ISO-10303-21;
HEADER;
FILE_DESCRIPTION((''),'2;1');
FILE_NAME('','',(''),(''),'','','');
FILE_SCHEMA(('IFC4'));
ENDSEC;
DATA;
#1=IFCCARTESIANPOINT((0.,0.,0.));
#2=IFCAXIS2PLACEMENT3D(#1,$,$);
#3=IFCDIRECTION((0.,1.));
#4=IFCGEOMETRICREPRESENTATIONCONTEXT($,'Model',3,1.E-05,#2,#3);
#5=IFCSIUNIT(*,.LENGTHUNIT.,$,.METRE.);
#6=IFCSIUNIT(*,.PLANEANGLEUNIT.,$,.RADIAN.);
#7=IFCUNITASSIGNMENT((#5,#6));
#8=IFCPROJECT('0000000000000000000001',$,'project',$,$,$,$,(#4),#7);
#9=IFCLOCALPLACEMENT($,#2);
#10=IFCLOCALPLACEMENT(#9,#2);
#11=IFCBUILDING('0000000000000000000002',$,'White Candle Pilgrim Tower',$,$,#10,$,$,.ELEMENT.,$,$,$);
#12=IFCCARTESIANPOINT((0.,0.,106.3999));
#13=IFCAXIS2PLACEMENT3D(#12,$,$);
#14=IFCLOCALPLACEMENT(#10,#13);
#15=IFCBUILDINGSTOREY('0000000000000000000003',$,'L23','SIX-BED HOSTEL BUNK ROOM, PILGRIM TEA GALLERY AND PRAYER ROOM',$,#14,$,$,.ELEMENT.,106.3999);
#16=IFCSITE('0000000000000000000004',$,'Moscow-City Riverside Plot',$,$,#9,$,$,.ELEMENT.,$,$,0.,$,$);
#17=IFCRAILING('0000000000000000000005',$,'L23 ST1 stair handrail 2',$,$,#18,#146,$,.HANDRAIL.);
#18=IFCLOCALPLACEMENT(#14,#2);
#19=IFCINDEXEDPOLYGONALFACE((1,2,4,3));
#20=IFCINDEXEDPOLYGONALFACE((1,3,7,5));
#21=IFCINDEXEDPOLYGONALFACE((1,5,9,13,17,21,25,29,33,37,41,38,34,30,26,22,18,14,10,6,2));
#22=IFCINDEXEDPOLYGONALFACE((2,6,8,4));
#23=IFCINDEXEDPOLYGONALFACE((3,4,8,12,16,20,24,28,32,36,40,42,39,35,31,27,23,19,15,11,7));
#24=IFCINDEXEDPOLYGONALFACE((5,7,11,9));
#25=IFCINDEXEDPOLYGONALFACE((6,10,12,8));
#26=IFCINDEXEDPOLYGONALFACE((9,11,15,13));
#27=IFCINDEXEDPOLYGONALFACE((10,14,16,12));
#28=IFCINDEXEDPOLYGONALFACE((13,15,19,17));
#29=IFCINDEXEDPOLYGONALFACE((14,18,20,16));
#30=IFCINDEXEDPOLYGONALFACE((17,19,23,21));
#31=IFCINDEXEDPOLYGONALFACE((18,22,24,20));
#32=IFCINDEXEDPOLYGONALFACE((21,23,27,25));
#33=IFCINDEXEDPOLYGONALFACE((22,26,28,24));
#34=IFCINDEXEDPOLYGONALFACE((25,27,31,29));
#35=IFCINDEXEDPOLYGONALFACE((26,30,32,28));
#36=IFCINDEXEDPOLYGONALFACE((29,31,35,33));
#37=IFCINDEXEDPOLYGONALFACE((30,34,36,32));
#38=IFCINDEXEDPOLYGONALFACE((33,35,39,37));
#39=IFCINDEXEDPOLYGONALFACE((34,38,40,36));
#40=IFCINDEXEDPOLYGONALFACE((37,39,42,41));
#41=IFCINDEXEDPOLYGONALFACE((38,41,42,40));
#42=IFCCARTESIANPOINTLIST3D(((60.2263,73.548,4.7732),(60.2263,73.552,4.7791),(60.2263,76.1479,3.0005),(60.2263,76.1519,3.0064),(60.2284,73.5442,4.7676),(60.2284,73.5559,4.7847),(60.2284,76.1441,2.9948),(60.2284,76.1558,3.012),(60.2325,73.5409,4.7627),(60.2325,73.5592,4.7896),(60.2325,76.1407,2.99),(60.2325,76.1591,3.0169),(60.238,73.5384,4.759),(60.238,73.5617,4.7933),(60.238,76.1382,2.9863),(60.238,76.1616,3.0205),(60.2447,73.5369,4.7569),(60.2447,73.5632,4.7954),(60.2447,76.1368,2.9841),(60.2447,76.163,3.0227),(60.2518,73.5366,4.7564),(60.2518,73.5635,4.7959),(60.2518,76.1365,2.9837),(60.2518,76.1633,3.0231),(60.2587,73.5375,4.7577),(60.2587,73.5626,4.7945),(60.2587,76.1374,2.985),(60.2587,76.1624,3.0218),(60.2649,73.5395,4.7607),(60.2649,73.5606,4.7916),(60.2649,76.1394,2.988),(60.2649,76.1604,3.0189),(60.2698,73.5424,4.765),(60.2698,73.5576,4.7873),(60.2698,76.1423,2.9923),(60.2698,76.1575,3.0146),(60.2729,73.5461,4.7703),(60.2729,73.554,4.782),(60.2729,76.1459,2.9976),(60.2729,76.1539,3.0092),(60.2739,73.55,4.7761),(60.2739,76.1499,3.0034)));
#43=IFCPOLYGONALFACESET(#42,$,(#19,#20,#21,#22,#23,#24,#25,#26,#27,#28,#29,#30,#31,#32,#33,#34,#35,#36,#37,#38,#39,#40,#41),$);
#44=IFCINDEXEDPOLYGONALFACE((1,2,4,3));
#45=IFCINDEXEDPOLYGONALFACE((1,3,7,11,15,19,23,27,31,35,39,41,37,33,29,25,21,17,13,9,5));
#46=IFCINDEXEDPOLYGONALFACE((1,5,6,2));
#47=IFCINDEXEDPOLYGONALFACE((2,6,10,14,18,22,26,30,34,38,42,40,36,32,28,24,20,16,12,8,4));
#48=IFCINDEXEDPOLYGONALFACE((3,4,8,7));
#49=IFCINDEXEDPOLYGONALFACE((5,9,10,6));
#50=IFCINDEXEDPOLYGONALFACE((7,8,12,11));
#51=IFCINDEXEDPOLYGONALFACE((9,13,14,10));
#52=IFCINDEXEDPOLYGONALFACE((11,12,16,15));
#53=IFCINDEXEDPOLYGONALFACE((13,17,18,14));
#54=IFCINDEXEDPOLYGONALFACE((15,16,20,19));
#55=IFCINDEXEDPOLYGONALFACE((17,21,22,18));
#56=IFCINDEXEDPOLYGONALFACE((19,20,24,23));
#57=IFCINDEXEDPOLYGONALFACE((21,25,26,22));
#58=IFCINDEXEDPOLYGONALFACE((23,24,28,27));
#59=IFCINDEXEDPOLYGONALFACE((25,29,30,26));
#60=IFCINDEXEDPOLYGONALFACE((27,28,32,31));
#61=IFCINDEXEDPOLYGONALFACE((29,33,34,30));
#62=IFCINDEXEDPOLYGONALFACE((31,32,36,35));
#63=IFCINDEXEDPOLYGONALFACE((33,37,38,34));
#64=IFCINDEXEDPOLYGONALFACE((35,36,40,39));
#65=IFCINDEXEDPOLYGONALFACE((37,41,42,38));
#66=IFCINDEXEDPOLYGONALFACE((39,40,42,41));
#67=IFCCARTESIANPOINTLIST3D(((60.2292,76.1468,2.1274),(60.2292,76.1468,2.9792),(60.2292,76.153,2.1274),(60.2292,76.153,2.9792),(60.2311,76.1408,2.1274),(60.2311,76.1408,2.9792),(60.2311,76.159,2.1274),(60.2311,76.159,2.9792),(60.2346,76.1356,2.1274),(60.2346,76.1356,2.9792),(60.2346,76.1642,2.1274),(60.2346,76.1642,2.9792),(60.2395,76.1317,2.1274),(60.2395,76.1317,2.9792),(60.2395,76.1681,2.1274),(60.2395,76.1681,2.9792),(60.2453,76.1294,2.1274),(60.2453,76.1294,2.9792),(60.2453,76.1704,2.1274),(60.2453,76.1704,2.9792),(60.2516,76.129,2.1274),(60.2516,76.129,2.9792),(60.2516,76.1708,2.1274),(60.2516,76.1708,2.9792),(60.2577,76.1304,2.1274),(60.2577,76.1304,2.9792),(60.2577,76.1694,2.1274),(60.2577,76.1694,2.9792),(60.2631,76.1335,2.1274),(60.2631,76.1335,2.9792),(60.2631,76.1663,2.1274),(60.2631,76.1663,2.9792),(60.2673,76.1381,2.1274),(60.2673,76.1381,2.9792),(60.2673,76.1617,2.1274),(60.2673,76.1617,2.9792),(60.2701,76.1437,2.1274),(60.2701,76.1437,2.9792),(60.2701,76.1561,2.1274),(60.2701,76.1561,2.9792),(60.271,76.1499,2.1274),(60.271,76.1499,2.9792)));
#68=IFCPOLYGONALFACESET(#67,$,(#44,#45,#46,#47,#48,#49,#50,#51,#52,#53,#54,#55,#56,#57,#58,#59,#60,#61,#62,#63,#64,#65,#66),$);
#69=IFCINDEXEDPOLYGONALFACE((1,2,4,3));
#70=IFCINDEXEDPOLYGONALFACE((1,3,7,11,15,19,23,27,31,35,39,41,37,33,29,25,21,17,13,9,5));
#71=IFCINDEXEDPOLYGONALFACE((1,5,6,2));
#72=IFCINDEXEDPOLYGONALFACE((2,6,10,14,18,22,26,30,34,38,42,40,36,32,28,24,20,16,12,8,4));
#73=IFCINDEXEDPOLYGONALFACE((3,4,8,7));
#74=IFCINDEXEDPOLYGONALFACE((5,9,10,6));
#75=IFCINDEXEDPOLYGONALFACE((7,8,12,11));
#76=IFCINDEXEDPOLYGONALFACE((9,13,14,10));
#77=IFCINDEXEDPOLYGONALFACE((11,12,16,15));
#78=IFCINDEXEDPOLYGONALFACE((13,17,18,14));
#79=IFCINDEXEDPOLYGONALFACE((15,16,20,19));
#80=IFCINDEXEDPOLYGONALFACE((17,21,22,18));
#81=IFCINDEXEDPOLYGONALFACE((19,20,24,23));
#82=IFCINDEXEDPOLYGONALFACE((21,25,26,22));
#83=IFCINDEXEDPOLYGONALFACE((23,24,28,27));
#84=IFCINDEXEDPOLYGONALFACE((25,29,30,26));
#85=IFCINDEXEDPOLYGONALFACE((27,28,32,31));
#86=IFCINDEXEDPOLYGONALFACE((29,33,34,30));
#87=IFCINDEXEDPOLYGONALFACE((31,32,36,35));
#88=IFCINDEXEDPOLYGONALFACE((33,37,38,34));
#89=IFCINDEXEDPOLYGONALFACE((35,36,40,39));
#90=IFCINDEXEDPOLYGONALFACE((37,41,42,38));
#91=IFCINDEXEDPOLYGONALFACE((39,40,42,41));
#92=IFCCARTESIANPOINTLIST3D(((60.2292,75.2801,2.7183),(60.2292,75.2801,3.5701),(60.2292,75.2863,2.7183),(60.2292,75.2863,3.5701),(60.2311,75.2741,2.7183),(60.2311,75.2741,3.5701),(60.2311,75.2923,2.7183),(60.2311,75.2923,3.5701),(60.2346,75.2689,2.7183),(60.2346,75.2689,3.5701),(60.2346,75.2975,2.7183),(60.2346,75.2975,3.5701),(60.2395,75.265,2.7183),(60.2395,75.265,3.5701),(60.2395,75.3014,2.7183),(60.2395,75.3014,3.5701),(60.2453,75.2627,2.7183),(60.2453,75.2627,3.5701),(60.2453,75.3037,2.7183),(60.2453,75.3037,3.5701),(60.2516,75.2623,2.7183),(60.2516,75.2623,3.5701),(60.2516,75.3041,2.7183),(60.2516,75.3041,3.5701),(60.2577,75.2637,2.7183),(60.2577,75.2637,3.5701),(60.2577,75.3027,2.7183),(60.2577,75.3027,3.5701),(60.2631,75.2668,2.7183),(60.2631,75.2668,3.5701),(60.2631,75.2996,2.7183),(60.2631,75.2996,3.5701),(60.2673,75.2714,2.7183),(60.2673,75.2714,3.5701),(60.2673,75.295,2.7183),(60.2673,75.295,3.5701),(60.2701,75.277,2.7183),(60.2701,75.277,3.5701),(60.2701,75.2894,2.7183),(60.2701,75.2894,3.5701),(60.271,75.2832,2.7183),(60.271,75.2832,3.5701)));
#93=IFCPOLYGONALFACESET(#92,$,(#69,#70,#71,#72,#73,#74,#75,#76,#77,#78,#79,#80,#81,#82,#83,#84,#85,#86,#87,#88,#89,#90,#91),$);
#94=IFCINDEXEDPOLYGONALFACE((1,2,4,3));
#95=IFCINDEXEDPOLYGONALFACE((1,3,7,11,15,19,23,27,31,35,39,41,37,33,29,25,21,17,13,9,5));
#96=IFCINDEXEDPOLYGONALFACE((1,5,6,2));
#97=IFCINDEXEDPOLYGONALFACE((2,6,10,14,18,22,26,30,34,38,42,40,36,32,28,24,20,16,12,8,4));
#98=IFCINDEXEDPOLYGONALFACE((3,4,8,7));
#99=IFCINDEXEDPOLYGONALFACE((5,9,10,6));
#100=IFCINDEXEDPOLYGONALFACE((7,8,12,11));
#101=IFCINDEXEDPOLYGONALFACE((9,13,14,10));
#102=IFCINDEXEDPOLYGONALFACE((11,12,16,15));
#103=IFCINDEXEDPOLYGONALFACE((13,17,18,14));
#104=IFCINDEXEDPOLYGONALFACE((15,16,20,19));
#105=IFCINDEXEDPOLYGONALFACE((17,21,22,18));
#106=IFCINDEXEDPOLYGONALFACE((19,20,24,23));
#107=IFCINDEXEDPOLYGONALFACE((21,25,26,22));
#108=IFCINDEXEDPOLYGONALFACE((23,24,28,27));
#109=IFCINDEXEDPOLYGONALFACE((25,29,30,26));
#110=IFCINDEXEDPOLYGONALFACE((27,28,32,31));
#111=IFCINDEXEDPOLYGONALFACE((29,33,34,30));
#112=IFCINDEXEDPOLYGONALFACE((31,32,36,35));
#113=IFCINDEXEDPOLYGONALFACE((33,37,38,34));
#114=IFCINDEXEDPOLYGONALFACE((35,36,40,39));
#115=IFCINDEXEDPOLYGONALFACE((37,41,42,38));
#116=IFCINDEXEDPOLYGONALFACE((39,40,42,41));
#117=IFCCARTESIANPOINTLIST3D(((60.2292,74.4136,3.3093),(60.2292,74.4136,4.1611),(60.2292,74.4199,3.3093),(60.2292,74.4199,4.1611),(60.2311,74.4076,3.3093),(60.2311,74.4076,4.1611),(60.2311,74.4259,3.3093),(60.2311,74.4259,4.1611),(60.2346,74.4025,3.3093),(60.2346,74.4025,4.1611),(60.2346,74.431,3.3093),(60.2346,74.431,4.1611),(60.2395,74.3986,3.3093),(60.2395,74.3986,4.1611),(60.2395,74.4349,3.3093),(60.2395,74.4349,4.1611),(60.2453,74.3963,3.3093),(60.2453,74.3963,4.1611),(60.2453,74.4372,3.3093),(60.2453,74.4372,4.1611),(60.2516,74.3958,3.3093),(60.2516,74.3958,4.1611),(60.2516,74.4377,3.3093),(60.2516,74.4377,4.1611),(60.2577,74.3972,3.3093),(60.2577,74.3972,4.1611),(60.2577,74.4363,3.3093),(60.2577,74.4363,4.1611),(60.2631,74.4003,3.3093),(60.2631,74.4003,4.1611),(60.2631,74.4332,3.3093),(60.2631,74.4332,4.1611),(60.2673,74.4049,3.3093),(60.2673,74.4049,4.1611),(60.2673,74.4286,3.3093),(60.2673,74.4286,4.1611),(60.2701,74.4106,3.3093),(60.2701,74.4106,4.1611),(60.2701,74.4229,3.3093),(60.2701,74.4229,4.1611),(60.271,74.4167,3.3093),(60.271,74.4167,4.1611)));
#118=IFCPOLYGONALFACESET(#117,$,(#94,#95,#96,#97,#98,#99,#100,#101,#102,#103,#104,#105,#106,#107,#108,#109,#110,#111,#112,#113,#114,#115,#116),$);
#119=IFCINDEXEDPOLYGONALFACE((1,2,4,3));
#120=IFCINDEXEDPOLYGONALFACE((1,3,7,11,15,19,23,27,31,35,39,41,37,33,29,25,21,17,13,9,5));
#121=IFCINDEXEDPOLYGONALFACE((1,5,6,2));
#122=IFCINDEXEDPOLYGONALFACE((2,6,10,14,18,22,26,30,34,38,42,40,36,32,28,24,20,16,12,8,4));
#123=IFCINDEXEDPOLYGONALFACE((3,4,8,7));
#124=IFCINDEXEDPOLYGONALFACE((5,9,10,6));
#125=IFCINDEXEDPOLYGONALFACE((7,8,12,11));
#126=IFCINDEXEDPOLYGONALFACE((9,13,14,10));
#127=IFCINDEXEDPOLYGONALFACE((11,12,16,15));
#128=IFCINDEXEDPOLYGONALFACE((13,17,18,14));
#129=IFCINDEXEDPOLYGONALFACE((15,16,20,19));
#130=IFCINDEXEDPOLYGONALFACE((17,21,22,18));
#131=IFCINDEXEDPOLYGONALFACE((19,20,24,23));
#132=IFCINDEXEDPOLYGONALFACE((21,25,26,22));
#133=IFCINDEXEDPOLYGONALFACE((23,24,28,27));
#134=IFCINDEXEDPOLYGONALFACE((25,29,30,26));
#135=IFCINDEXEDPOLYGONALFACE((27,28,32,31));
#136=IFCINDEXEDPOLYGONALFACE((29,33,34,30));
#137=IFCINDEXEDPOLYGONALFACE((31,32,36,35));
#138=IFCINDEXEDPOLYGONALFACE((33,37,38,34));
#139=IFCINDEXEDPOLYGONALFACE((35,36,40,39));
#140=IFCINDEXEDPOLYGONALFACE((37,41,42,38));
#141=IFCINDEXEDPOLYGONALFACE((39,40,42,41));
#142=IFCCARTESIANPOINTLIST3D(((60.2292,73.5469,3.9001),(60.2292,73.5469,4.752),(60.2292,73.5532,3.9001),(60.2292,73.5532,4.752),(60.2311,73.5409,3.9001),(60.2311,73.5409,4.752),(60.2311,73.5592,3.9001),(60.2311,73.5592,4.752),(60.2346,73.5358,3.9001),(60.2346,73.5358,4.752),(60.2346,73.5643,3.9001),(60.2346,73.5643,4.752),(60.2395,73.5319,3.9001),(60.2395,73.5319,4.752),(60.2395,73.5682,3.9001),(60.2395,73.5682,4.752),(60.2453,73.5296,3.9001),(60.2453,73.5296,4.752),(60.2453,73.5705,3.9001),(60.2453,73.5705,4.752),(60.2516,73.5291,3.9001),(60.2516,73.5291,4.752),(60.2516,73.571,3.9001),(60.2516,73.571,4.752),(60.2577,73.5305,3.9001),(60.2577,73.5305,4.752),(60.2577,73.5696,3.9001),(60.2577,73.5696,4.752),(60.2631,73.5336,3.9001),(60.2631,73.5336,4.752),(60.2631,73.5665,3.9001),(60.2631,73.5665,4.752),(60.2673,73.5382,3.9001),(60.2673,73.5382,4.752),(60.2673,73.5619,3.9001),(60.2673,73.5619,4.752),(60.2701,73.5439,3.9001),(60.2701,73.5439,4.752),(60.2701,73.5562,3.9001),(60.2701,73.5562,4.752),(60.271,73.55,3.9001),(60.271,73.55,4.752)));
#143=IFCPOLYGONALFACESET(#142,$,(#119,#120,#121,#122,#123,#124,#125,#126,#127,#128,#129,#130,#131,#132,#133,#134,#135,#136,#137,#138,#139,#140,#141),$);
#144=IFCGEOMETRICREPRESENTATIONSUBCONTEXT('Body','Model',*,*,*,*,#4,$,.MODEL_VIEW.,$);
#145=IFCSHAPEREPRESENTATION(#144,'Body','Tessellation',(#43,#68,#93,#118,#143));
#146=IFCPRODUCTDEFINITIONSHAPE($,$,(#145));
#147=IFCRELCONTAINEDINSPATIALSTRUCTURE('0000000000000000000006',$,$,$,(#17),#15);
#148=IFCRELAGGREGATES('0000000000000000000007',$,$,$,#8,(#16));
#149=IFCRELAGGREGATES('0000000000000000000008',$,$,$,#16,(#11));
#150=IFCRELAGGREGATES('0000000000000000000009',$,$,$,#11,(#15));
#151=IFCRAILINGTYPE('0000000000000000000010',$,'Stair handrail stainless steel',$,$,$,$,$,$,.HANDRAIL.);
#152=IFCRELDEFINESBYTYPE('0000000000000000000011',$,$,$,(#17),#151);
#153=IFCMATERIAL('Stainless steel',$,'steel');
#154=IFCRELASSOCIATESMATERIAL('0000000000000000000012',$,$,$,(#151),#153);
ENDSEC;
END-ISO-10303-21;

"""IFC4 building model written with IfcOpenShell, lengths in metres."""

from ifc_helpers import new_model, si_unit, direction, frame, origin, origin_2d, place, context, subcontext, project, spatial, circle, extrude, material, type_object, element, save


model = new_model("IFC4")

# Units and contexts
model_context = context("Model", 3, precision=1e-05, world=origin(), true_north=direction((0.0, 1.0)))
body_context = subcontext(model_context, "Body", "Model", "MODEL_VIEW")
ifc_project = project(units=[si_unit("LENGTHUNIT", "METRE"), si_unit("PLANEANGLEUNIT", "RADIAN")], contexts=[model_context])

# Site, building, storey
site_placement = place(None, origin())
site = spatial("IfcSite", under=ifc_project, at=site_placement, Name="Moscow-City Riverside Plot", CompositionType="ELEMENT", RefElevation=0.0)
building_placement = place(site_placement, origin())
building = spatial("IfcBuilding", under=site, at=building_placement, Name="White Candle Pilgrim Tower", CompositionType="ELEMENT")
storey_placement = place(building_placement, frame((0.0, 0.0, 106.3999)))
storey = spatial("IfcBuildingStorey", under=building, at=storey_placement, Name="L23", Description="SIX-BED HOSTEL BUNK ROOM, PILGRIM TEA GALLERY AND PRAYER ROOM", CompositionType="ELEMENT", Elevation=106.3999)

# Railing
ifc_material_1 = material(Name="Stainless steel", Category="steel")
railing_type_1 = type_object("IfcRailingType", Name="Stair handrail stainless steel", PredefinedType="HANDRAIL", material=ifc_material_1)
railing_1_placement = place(storey_placement, frame((60.25, 76.1499, 2.1274)))
element("IfcRailing", 1, at=railing_1_placement, inside=storey, type_object=railing_type_1, Name="L23 ST1 stair handrail 2", PredefinedType="HANDRAIL", context=body_context, shape_type="SweptSolid", body=[
    extrude(circle(Radius=0.0239, at=origin_2d()), frame((0.0, 0.0, 0.876), z_axis=(0.0, -0.826216, 0.563354), x_axis=(1.0, 0.0, 0.0)), (0.0, 0.0, 1.0), 3.1467),
    extrude(circle(Radius=0.021, at=origin_2d()), origin(), (0.0, 0.0, 1.0), 0.8518),
    extrude(circle(Radius=0.021, at=origin_2d()), frame((0.0, -0.8667, 0.5908)), (0.0, 0.0, 1.0), 0.8518),
    extrude(circle(Radius=0.021, at=origin_2d()), frame((0.0, -1.7332, 1.1819)), (0.0, 0.0, 1.0), 0.8518),
    extrude(circle(Radius=0.021, at=origin_2d()), frame((0.0, -2.5999, 1.7727)), (0.0, 0.0, 1.0), 0.8518),
])

save(model, "model.ifc")
